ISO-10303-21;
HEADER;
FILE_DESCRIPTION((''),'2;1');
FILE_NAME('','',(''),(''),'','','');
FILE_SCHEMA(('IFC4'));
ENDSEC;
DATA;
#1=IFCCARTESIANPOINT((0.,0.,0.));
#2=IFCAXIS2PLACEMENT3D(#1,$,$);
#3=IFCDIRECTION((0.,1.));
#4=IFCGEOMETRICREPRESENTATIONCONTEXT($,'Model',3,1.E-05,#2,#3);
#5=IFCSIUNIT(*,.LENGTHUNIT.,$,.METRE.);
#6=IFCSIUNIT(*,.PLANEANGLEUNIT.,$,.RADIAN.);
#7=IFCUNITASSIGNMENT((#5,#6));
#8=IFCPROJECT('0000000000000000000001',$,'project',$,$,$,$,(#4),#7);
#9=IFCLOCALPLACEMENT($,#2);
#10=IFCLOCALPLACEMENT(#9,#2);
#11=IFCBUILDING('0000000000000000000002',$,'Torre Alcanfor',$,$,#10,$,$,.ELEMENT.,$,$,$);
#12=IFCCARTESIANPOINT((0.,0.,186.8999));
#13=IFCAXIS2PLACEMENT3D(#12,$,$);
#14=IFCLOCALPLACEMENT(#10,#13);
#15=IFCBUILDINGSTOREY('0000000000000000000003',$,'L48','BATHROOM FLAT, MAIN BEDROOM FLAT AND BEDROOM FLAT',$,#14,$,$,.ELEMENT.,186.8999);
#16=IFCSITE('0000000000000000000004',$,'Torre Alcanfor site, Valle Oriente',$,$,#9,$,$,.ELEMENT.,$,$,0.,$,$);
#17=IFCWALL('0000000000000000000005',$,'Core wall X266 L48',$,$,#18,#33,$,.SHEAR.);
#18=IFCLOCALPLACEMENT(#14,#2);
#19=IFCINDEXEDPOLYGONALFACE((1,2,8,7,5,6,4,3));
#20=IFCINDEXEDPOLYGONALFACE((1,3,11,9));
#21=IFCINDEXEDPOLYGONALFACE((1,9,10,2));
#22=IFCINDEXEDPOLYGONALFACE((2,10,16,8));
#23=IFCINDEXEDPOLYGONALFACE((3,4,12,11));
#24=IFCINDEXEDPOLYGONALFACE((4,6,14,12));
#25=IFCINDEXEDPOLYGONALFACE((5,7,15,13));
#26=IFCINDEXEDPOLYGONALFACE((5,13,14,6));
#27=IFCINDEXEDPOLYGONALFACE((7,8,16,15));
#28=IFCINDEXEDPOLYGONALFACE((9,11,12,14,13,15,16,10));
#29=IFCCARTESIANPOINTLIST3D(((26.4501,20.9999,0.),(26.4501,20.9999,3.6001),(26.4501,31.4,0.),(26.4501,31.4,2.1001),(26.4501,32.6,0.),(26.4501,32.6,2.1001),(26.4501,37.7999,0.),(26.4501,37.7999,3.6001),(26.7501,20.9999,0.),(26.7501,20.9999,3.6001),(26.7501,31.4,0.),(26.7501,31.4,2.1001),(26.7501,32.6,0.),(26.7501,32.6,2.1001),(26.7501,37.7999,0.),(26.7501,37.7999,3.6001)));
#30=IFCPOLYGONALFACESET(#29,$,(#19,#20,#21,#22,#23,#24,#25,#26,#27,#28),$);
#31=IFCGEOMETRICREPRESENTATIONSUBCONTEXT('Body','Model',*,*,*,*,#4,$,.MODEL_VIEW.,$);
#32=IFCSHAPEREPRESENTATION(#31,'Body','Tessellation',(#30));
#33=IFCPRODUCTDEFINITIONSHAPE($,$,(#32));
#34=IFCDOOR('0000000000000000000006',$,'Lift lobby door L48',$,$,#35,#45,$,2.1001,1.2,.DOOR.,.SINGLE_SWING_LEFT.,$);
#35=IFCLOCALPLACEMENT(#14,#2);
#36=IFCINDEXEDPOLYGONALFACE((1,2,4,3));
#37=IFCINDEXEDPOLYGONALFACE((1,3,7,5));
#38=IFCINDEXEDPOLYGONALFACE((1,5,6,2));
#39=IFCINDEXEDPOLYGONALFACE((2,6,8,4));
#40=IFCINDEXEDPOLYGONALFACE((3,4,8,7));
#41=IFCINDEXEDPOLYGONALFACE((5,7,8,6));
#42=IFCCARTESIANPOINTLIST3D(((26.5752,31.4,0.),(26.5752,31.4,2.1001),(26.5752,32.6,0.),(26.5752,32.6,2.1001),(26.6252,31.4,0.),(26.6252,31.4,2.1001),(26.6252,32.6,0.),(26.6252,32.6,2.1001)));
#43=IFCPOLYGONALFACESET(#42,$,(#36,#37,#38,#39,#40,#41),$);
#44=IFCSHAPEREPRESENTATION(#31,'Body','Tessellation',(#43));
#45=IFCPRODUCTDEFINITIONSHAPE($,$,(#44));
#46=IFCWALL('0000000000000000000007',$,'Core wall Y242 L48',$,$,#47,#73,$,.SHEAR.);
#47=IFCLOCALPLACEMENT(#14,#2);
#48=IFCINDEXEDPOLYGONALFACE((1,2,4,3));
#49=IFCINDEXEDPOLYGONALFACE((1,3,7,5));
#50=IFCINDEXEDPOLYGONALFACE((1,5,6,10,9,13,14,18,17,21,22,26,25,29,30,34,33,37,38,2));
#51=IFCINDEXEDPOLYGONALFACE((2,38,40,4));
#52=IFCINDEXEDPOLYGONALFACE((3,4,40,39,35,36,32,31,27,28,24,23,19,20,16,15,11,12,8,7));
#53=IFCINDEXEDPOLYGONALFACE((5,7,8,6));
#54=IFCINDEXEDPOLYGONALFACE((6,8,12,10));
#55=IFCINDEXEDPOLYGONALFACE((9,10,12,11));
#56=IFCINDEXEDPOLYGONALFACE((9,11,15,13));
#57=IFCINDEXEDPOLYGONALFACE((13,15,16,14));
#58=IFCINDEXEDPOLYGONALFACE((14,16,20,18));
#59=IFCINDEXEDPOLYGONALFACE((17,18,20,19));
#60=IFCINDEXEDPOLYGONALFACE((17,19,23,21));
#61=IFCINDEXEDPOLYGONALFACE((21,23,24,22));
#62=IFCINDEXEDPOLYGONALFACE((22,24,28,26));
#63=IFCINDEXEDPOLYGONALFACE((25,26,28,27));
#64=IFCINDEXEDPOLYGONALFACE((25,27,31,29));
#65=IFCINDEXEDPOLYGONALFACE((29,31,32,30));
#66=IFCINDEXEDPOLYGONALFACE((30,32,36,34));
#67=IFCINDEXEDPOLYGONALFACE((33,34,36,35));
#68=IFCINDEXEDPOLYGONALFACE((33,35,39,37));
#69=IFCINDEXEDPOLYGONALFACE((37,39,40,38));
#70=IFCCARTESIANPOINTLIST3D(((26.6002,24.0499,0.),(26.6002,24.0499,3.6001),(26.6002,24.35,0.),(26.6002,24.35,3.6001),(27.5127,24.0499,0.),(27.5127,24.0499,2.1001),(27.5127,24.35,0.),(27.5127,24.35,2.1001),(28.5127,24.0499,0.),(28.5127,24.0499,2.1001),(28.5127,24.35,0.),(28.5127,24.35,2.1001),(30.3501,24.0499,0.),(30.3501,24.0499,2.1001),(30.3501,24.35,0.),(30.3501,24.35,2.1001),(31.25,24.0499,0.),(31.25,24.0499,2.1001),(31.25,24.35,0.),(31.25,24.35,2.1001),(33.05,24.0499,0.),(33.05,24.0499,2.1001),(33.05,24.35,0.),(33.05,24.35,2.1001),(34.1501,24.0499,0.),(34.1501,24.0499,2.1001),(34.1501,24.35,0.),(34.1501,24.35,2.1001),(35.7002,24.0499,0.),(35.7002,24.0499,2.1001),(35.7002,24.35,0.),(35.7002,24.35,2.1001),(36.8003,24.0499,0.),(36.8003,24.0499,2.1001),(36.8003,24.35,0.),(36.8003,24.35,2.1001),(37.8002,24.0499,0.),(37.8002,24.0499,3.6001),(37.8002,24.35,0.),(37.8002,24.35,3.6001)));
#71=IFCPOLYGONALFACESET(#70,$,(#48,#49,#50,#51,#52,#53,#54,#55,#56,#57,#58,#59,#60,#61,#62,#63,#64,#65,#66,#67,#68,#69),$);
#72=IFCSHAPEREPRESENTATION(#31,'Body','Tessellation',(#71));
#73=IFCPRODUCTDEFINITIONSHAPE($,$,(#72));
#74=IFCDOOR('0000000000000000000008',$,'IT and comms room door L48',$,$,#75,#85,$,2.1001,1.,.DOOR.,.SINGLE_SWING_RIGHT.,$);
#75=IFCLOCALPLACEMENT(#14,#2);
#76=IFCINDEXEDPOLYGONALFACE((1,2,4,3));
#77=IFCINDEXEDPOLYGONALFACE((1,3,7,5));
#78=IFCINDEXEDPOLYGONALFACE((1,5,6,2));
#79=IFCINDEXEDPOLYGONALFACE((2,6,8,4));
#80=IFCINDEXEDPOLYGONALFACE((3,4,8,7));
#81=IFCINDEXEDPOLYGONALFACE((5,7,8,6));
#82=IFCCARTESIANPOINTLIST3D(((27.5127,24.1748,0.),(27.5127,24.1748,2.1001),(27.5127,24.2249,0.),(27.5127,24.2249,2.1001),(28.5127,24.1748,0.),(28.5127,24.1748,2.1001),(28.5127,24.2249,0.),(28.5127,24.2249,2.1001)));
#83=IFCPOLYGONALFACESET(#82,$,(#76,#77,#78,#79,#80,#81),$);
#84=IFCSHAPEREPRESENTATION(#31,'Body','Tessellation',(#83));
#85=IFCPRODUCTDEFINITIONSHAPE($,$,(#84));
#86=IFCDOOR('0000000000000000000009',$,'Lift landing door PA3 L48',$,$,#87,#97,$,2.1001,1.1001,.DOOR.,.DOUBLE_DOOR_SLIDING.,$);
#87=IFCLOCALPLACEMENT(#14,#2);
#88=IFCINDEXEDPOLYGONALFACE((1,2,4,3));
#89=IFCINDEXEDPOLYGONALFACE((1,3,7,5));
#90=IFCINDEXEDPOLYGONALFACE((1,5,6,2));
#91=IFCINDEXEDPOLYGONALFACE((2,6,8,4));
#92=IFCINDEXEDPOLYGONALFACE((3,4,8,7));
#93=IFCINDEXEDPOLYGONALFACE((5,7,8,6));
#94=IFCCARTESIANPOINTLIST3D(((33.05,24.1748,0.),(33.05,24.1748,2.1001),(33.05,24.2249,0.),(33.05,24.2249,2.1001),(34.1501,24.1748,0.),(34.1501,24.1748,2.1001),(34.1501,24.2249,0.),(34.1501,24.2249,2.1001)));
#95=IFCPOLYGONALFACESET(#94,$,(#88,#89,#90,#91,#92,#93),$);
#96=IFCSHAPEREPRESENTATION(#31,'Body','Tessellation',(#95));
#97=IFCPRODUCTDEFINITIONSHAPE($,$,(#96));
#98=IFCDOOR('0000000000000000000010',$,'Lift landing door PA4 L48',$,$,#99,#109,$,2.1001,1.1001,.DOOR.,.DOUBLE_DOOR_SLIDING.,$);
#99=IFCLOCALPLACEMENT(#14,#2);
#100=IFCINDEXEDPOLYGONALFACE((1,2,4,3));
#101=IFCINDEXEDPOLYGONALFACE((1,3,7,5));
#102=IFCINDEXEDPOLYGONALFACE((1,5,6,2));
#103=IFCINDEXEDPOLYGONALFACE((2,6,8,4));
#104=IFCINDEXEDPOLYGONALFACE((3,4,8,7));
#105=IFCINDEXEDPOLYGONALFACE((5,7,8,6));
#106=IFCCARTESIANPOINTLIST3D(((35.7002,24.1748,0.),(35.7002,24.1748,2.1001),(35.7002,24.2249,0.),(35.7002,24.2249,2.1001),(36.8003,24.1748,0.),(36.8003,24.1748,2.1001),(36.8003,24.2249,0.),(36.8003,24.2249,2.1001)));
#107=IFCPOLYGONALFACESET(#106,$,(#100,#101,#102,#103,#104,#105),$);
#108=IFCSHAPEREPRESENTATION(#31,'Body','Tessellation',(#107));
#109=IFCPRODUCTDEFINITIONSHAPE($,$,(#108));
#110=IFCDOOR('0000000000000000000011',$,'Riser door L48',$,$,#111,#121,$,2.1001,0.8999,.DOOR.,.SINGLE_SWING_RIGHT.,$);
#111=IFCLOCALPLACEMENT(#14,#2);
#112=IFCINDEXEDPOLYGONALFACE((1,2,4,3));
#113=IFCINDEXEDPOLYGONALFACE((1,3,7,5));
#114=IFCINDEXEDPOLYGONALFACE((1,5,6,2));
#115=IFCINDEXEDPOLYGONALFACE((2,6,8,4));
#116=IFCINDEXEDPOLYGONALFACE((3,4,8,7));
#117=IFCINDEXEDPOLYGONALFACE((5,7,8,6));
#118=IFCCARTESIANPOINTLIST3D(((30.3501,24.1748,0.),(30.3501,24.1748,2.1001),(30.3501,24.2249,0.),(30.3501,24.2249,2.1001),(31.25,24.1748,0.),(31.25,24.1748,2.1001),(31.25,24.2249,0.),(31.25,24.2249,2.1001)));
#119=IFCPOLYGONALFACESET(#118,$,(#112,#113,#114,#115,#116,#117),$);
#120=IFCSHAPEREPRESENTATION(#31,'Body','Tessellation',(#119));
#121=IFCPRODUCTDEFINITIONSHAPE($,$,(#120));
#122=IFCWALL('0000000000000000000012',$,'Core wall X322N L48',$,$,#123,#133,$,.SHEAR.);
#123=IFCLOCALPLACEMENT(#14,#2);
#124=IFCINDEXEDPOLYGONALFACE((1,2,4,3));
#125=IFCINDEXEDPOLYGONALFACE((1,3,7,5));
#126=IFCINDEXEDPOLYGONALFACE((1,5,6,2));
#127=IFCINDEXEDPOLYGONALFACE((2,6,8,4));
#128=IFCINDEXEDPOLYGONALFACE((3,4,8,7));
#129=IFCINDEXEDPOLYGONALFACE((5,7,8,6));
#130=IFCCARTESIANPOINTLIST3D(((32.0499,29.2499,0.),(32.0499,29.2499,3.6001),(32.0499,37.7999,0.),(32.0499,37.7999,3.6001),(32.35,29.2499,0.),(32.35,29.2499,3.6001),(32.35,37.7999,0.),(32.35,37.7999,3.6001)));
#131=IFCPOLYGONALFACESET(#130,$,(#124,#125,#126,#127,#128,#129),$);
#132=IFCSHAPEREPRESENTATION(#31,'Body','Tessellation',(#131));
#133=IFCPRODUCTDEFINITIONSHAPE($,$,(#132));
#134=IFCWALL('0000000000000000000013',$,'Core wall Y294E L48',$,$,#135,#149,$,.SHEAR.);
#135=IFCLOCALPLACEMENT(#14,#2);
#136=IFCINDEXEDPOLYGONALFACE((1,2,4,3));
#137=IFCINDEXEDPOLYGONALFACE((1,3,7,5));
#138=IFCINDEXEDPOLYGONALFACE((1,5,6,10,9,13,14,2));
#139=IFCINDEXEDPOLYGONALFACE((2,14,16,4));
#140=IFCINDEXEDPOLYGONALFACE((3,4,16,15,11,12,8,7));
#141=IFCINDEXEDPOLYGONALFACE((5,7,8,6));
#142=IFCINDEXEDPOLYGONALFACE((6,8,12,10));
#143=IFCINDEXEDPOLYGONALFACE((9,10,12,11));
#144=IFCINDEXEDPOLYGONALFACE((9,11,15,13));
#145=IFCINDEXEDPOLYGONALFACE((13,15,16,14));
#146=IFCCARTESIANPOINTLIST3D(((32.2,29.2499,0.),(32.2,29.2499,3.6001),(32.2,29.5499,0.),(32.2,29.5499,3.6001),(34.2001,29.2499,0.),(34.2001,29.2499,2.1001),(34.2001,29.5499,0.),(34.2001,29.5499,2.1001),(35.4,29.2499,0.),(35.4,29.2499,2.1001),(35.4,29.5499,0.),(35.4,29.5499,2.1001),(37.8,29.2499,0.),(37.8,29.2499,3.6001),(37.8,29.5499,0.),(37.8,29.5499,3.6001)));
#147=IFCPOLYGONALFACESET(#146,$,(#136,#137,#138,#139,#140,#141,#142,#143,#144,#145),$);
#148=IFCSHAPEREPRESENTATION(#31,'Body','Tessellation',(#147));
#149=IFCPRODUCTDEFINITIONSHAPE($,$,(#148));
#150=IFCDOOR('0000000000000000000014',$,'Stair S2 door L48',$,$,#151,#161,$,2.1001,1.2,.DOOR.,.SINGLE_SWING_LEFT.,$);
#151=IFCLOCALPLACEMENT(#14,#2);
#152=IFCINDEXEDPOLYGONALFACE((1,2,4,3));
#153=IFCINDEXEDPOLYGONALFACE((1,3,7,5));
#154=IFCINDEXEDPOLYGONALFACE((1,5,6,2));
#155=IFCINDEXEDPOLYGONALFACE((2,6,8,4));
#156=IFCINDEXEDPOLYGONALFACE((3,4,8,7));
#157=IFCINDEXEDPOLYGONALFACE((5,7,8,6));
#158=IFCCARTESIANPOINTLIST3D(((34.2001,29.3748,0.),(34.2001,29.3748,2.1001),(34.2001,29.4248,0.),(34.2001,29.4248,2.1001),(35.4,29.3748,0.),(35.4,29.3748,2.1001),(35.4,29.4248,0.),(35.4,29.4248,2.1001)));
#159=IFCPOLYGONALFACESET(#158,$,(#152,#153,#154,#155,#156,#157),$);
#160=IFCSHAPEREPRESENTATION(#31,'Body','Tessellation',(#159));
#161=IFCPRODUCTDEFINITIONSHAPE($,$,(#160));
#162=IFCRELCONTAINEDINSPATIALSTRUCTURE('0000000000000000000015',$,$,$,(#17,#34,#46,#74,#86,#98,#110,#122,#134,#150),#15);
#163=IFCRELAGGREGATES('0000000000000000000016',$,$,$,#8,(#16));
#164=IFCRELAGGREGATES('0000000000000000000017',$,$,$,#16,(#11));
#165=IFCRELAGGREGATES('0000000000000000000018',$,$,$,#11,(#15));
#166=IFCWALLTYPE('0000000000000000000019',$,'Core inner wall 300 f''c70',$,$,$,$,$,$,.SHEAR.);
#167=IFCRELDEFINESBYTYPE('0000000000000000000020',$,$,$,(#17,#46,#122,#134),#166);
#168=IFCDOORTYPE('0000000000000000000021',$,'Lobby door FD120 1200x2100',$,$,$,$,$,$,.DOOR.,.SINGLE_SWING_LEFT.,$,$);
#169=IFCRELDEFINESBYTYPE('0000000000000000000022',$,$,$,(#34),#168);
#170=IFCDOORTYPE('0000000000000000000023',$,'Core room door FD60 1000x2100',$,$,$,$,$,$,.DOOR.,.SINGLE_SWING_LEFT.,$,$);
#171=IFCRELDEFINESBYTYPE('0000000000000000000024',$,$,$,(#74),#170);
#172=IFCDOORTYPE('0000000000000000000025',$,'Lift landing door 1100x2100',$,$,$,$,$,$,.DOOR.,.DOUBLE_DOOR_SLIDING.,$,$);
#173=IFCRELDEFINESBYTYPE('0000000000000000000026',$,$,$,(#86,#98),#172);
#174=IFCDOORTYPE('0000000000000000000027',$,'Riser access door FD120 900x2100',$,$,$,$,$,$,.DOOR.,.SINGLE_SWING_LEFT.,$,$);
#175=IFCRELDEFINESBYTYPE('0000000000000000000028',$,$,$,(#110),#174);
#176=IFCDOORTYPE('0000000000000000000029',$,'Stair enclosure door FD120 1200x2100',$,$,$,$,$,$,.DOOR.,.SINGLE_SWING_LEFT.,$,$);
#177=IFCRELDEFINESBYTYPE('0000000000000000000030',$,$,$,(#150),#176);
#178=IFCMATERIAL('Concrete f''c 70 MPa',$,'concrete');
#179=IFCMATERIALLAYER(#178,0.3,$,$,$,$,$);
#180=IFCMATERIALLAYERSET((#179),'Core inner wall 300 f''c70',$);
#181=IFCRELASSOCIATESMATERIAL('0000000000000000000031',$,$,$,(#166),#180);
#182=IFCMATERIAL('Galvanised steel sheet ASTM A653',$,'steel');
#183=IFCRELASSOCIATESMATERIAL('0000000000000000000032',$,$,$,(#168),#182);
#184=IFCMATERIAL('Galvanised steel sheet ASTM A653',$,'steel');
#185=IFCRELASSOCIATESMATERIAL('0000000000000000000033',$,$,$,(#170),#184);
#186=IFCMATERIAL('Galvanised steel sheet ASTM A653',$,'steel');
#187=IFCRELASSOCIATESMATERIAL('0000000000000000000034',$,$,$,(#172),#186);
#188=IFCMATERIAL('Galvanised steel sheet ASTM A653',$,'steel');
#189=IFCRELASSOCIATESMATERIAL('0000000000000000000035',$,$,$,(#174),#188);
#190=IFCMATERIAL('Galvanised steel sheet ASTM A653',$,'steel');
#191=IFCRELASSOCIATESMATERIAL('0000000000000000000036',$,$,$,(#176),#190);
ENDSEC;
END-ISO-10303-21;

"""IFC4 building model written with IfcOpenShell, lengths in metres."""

from ifc_helpers import new_model, si_unit, direction, frame, frame_2d, origin, place, context, subcontext, project, spatial, rectangle, extrude, material, layer, layer_set, type_object, element, fill, save


model = new_model("IFC4")

# Units and contexts
model_context = context("Model", 3, precision=1e-05, world=origin(), true_north=direction((0.0, 1.0)))
body_context = subcontext(model_context, "Body", "Model", "MODEL_VIEW")
ifc_project = project(units=[si_unit("LENGTHUNIT", "METRE"), si_unit("PLANEANGLEUNIT", "RADIAN")], contexts=[model_context])

# Site, building, storey
site_placement = place(None, origin())
site = spatial("IfcSite", under=ifc_project, at=site_placement, Name="Torre Alcanfor site, Valle Oriente", CompositionType="ELEMENT", RefElevation=0.0)
building_placement = place(site_placement, origin())
building = spatial("IfcBuilding", under=site, at=building_placement, Name="Torre Alcanfor", CompositionType="ELEMENT")
storey_placement = place(building_placement, frame((0.0, 0.0, 186.8999)))
storey = spatial("IfcBuildingStorey", under=building, at=storey_placement, Name="L48", Description="BATHROOM FLAT, MAIN BEDROOM FLAT AND BEDROOM FLAT", CompositionType="ELEMENT", Elevation=186.8999)

# Wall, opening, door
ifc_material_1 = material(Name="Concrete f'c 70 MPa", Category="concrete")
ifc_layer_1 = layer(ifc_material_1, 0.3)
ifc_layer_set_1 = layer_set([ifc_layer_1], Name="Core inner wall 300 f'c70")
wall_type_1 = type_object("IfcWallType", Name="Core inner wall 300 f'c70", PredefinedType="SHEAR", material=ifc_layer_set_1)
wall_1_placement = place(storey_placement, frame((26.6001, 21.0, 0.0), z_axis=(0.0, 0.0, 1.0), x_axis=(0.0, 1.0, 0.0)))
wall_1 = element("IfcWall", 1, at=wall_1_placement, inside=storey, type_object=wall_type_1, Name="Core wall X266 L48", PredefinedType="SHEAR", context=body_context, shape_type="SweptSolid", body=[
    extrude(rectangle(XDim=16.8, YDim=0.3, at=frame_2d((8.3999, 0.0))), origin(), (0.0, 0.0, 1.0), 3.6001),
])
opening_1_placement = place(wall_1_placement, frame((10.3999, 0.0, 0.0)))
opening_1 = element("IfcOpeningElement", 2, at=opening_1_placement, cuts=wall_1, PredefinedType="OPENING", context=body_context, shape_type="SweptSolid", body=[
    extrude(rectangle(XDim=1.2, YDim=2.1001, at=frame_2d((0.6001, 1.05))), frame((0.0, 0.1599, 0.0), z_axis=(0.0, -1.0, 0.0), x_axis=(1.0, 0.0, 0.0)), (0.0, 0.0, 1.0), 0.3201),
])
ifc_material_2 = material(Name="Galvanised steel sheet ASTM A653", Category="steel")
door_type_1 = type_object("IfcDoorType", Name="Lobby door FD120 1200x2100", OperationType="SINGLE_SWING_LEFT", PredefinedType="DOOR", material=ifc_material_2)
door_1_placement = place(opening_1_placement, origin())
door_1 = element("IfcDoor", 3, at=door_1_placement, inside=storey, type_object=door_type_1, Name="Lift lobby door L48", OperationType="SINGLE_SWING_LEFT", OverallHeight=2.1001, OverallWidth=1.2, PredefinedType="DOOR", context=body_context, shape_type="SweptSolid", body=[
    extrude(rectangle(XDim=1.2, YDim=2.1001, at=frame_2d((0.6001, 1.05))), frame((0.0, 0.0249, 0.0), z_axis=(0.0, -1.0, 0.0), x_axis=(1.0, 0.0, 0.0)), (0.0, 0.0, 1.0), 0.05),
])
fill(opening_1, door_1)

# Wall, openings, doors
wall_2_placement = place(storey_placement, frame((26.6001, 24.2, 0.0), z_axis=(0.0, 0.0, 1.0), x_axis=(1.0, 0.0, 0.0)))
wall_2 = element("IfcWall", 4, at=wall_2_placement, inside=storey, type_object=wall_type_1, Name="Core wall Y242 L48", PredefinedType="SHEAR", context=body_context, shape_type="SweptSolid", body=[
    extrude(rectangle(XDim=11.2, YDim=0.3, at=frame_2d((5.6001, 0.0))), origin(), (0.0, 0.0, 1.0), 3.6001),
])
opening_2_placement = place(wall_2_placement, frame((0.9126, 0.0, 0.0)))
opening_2 = element("IfcOpeningElement", 5, at=opening_2_placement, cuts=wall_2, PredefinedType="OPENING", context=body_context, shape_type="SweptSolid", body=[
    extrude(rectangle(XDim=1.0, YDim=2.1001, at=frame_2d((0.5, 1.05))), frame((0.0, 0.1599, 0.0), z_axis=(0.0, -1.0, 0.0), x_axis=(1.0, 0.0, 0.0)), (0.0, 0.0, 1.0), 0.3201),
])
opening_3_placement = place(wall_2_placement, frame((3.75, 0.0, 0.0)))
opening_3 = element("IfcOpeningElement", 6, at=opening_3_placement, cuts=wall_2, PredefinedType="OPENING", context=body_context, shape_type="SweptSolid", body=[
    extrude(rectangle(XDim=0.8999, YDim=2.1001, at=frame_2d((0.45, 1.05))), frame((0.0, 0.1599, 0.0), z_axis=(0.0, -1.0, 0.0), x_axis=(1.0, 0.0, 0.0)), (0.0, 0.0, 1.0), 0.3201),
])
opening_4_placement = place(wall_2_placement, frame((6.45, 0.0, 0.0)))
opening_4 = element("IfcOpeningElement", 7, at=opening_4_placement, cuts=wall_2, PredefinedType="OPENING", context=body_context, shape_type="SweptSolid", body=[
    extrude(rectangle(XDim=1.1001, YDim=2.1001, at=frame_2d((0.55, 1.05))), frame((0.0, 0.1599, 0.0), z_axis=(0.0, -1.0, 0.0), x_axis=(1.0, 0.0, 0.0)), (0.0, 0.0, 1.0), 0.3201),
])
opening_5_placement = place(wall_2_placement, frame((9.1001, 0.0, 0.0)))
opening_5 = element("IfcOpeningElement", 8, at=opening_5_placement, cuts=wall_2, PredefinedType="OPENING", context=body_context, shape_type="SweptSolid", body=[
    extrude(rectangle(XDim=1.1001, YDim=2.1001, at=frame_2d((0.55, 1.05))), frame((0.0, 0.1599, 0.0), z_axis=(0.0, -1.0, 0.0), x_axis=(1.0, 0.0, 0.0)), (0.0, 0.0, 1.0), 0.3201),
])
ifc_material_3 = material(Name="Galvanised steel sheet ASTM A653", Category="steel")
door_type_2 = type_object("IfcDoorType", Name="Core room door FD60 1000x2100", OperationType="SINGLE_SWING_LEFT", PredefinedType="DOOR", material=ifc_material_3)
door_2_placement = place(opening_2_placement, frame((1.0, 0.0, 0.0), z_axis=(0.0, 0.0, 1.0), x_axis=(-1.0, 0.0, 0.0)))
door_2 = element("IfcDoor", 9, at=door_2_placement, inside=storey, type_object=door_type_2, Name="IT and comms room door L48", OperationType="SINGLE_SWING_RIGHT", OverallHeight=2.1001, OverallWidth=1.0, PredefinedType="DOOR", context=body_context, shape_type="SweptSolid", body=[
    extrude(rectangle(XDim=1.0, YDim=2.1001, at=frame_2d((0.5, 1.05))), frame((0.0, 0.0251, 0.0), z_axis=(0.0, -1.0, 0.0), x_axis=(1.0, 0.0, 0.0)), (0.0, 0.0, 1.0), 0.05),
])
fill(opening_2, door_2)
ifc_material_4 = material(Name="Galvanised steel sheet ASTM A653", Category="steel")
door_type_3 = type_object("IfcDoorType", Name="Lift landing door 1100x2100", OperationType="DOUBLE_DOOR_SLIDING", PredefinedType="DOOR", material=ifc_material_4)
door_3_placement = place(opening_4_placement, origin())
door_3 = element("IfcDoor", 10, at=door_3_placement, inside=storey, type_object=door_type_3, Name="Lift landing door PA3 L48", OperationType="DOUBLE_DOOR_SLIDING", OverallHeight=2.1001, OverallWidth=1.1001, PredefinedType="DOOR", context=body_context, shape_type="SweptSolid", body=[
    extrude(rectangle(XDim=1.1001, YDim=2.1001, at=frame_2d((0.55, 1.05))), frame((0.0, 0.0249, 0.0), z_axis=(0.0, -1.0, 0.0), x_axis=(1.0, 0.0, 0.0)), (0.0, 0.0, 1.0), 0.05),
])
fill(opening_4, door_3)
door_4_placement = place(opening_5_placement, origin())
door_4 = element("IfcDoor", 11, at=door_4_placement, inside=storey, type_object=door_type_3, Name="Lift landing door PA4 L48", OperationType="DOUBLE_DOOR_SLIDING", OverallHeight=2.1001, OverallWidth=1.1001, PredefinedType="DOOR", context=body_context, shape_type="SweptSolid", body=[
    extrude(rectangle(XDim=1.1001, YDim=2.1001, at=frame_2d((0.55, 1.05))), frame((0.0, 0.0249, 0.0), z_axis=(0.0, -1.0, 0.0), x_axis=(1.0, 0.0, 0.0)), (0.0, 0.0, 1.0), 0.05),
])
fill(opening_5, door_4)
ifc_material_5 = material(Name="Galvanised steel sheet ASTM A653", Category="steel")
door_type_4 = type_object("IfcDoorType", Name="Riser access door FD120 900x2100", OperationType="SINGLE_SWING_LEFT", PredefinedType="DOOR", material=ifc_material_5)
door_5_placement = place(opening_3_placement, frame((0.8999, 0.0, 0.0), z_axis=(0.0, 0.0, 1.0), x_axis=(-1.0, 0.0, 0.0)))
door_5 = element("IfcDoor", 12, at=door_5_placement, inside=storey, type_object=door_type_4, Name="Riser door L48", OperationType="SINGLE_SWING_RIGHT", OverallHeight=2.1001, OverallWidth=0.8999, PredefinedType="DOOR", context=body_context, shape_type="SweptSolid", body=[
    extrude(rectangle(XDim=0.8999, YDim=2.1001, at=frame_2d((0.45, 1.05))), frame((0.0, 0.0251, 0.0), z_axis=(0.0, -1.0, 0.0), x_axis=(1.0, 0.0, 0.0)), (0.0, 0.0, 1.0), 0.05),
])
fill(opening_3, door_5)

# Wall
wall_3_placement = place(storey_placement, frame((32.2, 29.25, 0.0), z_axis=(0.0, 0.0, 1.0), x_axis=(0.0, 1.0, 0.0)))
element("IfcWall", 13, at=wall_3_placement, inside=storey, type_object=wall_type_1, Name="Core wall X322N L48", PredefinedType="SHEAR", context=body_context, shape_type="SweptSolid", body=[
    extrude(rectangle(XDim=8.55, YDim=0.3, at=frame_2d((4.2749, 0.0))), origin(), (0.0, 0.0, 1.0), 3.6001),
])

# Wall, opening, door
wall_4_placement = place(storey_placement, frame((32.2, 29.3999, 0.0), z_axis=(0.0, 0.0, 1.0), x_axis=(1.0, 0.0, 0.0)))
wall_4 = element("IfcWall", 14, at=wall_4_placement, inside=storey, type_object=wall_type_1, Name="Core wall Y294E L48", PredefinedType="SHEAR", context=body_context, shape_type="SweptSolid", body=[
    extrude(rectangle(XDim=5.6001, YDim=0.3, at=frame_2d((2.8, 0.0))), origin(), (0.0, 0.0, 1.0), 3.6001),
])
opening_6_placement = place(wall_4_placement, frame((2.0, 0.0, 0.0)))
opening_6 = element("IfcOpeningElement", 15, at=opening_6_placement, cuts=wall_4, PredefinedType="OPENING", context=body_context, shape_type="SweptSolid", body=[
    extrude(rectangle(XDim=1.2, YDim=2.1001, at=frame_2d((0.6001, 1.05))), frame((0.0, 0.1599, 0.0), z_axis=(0.0, -1.0, 0.0), x_axis=(1.0, 0.0, 0.0)), (0.0, 0.0, 1.0), 0.3201),
])
ifc_material_6 = material(Name="Galvanised steel sheet ASTM A653", Category="steel")
door_type_5 = type_object("IfcDoorType", Name="Stair enclosure door FD120 1200x2100", OperationType="SINGLE_SWING_LEFT", PredefinedType="DOOR", material=ifc_material_6)
door_6_placement = place(opening_6_placement, origin())
door_6 = element("IfcDoor", 16, at=door_6_placement, inside=storey, type_object=door_type_5, Name="Stair S2 door L48", OperationType="SINGLE_SWING_LEFT", OverallHeight=2.1001, OverallWidth=1.2, PredefinedType="DOOR", context=body_context, shape_type="SweptSolid", body=[
    extrude(rectangle(XDim=1.2, YDim=2.1001, at=frame_2d((0.6001, 1.05))), frame((0.0, 0.0249, 0.0), z_axis=(0.0, -1.0, 0.0), x_axis=(1.0, 0.0, 0.0)), (0.0, 0.0, 1.0), 0.05),
])
fill(opening_6, door_6)

save(model, "model.ifc")
